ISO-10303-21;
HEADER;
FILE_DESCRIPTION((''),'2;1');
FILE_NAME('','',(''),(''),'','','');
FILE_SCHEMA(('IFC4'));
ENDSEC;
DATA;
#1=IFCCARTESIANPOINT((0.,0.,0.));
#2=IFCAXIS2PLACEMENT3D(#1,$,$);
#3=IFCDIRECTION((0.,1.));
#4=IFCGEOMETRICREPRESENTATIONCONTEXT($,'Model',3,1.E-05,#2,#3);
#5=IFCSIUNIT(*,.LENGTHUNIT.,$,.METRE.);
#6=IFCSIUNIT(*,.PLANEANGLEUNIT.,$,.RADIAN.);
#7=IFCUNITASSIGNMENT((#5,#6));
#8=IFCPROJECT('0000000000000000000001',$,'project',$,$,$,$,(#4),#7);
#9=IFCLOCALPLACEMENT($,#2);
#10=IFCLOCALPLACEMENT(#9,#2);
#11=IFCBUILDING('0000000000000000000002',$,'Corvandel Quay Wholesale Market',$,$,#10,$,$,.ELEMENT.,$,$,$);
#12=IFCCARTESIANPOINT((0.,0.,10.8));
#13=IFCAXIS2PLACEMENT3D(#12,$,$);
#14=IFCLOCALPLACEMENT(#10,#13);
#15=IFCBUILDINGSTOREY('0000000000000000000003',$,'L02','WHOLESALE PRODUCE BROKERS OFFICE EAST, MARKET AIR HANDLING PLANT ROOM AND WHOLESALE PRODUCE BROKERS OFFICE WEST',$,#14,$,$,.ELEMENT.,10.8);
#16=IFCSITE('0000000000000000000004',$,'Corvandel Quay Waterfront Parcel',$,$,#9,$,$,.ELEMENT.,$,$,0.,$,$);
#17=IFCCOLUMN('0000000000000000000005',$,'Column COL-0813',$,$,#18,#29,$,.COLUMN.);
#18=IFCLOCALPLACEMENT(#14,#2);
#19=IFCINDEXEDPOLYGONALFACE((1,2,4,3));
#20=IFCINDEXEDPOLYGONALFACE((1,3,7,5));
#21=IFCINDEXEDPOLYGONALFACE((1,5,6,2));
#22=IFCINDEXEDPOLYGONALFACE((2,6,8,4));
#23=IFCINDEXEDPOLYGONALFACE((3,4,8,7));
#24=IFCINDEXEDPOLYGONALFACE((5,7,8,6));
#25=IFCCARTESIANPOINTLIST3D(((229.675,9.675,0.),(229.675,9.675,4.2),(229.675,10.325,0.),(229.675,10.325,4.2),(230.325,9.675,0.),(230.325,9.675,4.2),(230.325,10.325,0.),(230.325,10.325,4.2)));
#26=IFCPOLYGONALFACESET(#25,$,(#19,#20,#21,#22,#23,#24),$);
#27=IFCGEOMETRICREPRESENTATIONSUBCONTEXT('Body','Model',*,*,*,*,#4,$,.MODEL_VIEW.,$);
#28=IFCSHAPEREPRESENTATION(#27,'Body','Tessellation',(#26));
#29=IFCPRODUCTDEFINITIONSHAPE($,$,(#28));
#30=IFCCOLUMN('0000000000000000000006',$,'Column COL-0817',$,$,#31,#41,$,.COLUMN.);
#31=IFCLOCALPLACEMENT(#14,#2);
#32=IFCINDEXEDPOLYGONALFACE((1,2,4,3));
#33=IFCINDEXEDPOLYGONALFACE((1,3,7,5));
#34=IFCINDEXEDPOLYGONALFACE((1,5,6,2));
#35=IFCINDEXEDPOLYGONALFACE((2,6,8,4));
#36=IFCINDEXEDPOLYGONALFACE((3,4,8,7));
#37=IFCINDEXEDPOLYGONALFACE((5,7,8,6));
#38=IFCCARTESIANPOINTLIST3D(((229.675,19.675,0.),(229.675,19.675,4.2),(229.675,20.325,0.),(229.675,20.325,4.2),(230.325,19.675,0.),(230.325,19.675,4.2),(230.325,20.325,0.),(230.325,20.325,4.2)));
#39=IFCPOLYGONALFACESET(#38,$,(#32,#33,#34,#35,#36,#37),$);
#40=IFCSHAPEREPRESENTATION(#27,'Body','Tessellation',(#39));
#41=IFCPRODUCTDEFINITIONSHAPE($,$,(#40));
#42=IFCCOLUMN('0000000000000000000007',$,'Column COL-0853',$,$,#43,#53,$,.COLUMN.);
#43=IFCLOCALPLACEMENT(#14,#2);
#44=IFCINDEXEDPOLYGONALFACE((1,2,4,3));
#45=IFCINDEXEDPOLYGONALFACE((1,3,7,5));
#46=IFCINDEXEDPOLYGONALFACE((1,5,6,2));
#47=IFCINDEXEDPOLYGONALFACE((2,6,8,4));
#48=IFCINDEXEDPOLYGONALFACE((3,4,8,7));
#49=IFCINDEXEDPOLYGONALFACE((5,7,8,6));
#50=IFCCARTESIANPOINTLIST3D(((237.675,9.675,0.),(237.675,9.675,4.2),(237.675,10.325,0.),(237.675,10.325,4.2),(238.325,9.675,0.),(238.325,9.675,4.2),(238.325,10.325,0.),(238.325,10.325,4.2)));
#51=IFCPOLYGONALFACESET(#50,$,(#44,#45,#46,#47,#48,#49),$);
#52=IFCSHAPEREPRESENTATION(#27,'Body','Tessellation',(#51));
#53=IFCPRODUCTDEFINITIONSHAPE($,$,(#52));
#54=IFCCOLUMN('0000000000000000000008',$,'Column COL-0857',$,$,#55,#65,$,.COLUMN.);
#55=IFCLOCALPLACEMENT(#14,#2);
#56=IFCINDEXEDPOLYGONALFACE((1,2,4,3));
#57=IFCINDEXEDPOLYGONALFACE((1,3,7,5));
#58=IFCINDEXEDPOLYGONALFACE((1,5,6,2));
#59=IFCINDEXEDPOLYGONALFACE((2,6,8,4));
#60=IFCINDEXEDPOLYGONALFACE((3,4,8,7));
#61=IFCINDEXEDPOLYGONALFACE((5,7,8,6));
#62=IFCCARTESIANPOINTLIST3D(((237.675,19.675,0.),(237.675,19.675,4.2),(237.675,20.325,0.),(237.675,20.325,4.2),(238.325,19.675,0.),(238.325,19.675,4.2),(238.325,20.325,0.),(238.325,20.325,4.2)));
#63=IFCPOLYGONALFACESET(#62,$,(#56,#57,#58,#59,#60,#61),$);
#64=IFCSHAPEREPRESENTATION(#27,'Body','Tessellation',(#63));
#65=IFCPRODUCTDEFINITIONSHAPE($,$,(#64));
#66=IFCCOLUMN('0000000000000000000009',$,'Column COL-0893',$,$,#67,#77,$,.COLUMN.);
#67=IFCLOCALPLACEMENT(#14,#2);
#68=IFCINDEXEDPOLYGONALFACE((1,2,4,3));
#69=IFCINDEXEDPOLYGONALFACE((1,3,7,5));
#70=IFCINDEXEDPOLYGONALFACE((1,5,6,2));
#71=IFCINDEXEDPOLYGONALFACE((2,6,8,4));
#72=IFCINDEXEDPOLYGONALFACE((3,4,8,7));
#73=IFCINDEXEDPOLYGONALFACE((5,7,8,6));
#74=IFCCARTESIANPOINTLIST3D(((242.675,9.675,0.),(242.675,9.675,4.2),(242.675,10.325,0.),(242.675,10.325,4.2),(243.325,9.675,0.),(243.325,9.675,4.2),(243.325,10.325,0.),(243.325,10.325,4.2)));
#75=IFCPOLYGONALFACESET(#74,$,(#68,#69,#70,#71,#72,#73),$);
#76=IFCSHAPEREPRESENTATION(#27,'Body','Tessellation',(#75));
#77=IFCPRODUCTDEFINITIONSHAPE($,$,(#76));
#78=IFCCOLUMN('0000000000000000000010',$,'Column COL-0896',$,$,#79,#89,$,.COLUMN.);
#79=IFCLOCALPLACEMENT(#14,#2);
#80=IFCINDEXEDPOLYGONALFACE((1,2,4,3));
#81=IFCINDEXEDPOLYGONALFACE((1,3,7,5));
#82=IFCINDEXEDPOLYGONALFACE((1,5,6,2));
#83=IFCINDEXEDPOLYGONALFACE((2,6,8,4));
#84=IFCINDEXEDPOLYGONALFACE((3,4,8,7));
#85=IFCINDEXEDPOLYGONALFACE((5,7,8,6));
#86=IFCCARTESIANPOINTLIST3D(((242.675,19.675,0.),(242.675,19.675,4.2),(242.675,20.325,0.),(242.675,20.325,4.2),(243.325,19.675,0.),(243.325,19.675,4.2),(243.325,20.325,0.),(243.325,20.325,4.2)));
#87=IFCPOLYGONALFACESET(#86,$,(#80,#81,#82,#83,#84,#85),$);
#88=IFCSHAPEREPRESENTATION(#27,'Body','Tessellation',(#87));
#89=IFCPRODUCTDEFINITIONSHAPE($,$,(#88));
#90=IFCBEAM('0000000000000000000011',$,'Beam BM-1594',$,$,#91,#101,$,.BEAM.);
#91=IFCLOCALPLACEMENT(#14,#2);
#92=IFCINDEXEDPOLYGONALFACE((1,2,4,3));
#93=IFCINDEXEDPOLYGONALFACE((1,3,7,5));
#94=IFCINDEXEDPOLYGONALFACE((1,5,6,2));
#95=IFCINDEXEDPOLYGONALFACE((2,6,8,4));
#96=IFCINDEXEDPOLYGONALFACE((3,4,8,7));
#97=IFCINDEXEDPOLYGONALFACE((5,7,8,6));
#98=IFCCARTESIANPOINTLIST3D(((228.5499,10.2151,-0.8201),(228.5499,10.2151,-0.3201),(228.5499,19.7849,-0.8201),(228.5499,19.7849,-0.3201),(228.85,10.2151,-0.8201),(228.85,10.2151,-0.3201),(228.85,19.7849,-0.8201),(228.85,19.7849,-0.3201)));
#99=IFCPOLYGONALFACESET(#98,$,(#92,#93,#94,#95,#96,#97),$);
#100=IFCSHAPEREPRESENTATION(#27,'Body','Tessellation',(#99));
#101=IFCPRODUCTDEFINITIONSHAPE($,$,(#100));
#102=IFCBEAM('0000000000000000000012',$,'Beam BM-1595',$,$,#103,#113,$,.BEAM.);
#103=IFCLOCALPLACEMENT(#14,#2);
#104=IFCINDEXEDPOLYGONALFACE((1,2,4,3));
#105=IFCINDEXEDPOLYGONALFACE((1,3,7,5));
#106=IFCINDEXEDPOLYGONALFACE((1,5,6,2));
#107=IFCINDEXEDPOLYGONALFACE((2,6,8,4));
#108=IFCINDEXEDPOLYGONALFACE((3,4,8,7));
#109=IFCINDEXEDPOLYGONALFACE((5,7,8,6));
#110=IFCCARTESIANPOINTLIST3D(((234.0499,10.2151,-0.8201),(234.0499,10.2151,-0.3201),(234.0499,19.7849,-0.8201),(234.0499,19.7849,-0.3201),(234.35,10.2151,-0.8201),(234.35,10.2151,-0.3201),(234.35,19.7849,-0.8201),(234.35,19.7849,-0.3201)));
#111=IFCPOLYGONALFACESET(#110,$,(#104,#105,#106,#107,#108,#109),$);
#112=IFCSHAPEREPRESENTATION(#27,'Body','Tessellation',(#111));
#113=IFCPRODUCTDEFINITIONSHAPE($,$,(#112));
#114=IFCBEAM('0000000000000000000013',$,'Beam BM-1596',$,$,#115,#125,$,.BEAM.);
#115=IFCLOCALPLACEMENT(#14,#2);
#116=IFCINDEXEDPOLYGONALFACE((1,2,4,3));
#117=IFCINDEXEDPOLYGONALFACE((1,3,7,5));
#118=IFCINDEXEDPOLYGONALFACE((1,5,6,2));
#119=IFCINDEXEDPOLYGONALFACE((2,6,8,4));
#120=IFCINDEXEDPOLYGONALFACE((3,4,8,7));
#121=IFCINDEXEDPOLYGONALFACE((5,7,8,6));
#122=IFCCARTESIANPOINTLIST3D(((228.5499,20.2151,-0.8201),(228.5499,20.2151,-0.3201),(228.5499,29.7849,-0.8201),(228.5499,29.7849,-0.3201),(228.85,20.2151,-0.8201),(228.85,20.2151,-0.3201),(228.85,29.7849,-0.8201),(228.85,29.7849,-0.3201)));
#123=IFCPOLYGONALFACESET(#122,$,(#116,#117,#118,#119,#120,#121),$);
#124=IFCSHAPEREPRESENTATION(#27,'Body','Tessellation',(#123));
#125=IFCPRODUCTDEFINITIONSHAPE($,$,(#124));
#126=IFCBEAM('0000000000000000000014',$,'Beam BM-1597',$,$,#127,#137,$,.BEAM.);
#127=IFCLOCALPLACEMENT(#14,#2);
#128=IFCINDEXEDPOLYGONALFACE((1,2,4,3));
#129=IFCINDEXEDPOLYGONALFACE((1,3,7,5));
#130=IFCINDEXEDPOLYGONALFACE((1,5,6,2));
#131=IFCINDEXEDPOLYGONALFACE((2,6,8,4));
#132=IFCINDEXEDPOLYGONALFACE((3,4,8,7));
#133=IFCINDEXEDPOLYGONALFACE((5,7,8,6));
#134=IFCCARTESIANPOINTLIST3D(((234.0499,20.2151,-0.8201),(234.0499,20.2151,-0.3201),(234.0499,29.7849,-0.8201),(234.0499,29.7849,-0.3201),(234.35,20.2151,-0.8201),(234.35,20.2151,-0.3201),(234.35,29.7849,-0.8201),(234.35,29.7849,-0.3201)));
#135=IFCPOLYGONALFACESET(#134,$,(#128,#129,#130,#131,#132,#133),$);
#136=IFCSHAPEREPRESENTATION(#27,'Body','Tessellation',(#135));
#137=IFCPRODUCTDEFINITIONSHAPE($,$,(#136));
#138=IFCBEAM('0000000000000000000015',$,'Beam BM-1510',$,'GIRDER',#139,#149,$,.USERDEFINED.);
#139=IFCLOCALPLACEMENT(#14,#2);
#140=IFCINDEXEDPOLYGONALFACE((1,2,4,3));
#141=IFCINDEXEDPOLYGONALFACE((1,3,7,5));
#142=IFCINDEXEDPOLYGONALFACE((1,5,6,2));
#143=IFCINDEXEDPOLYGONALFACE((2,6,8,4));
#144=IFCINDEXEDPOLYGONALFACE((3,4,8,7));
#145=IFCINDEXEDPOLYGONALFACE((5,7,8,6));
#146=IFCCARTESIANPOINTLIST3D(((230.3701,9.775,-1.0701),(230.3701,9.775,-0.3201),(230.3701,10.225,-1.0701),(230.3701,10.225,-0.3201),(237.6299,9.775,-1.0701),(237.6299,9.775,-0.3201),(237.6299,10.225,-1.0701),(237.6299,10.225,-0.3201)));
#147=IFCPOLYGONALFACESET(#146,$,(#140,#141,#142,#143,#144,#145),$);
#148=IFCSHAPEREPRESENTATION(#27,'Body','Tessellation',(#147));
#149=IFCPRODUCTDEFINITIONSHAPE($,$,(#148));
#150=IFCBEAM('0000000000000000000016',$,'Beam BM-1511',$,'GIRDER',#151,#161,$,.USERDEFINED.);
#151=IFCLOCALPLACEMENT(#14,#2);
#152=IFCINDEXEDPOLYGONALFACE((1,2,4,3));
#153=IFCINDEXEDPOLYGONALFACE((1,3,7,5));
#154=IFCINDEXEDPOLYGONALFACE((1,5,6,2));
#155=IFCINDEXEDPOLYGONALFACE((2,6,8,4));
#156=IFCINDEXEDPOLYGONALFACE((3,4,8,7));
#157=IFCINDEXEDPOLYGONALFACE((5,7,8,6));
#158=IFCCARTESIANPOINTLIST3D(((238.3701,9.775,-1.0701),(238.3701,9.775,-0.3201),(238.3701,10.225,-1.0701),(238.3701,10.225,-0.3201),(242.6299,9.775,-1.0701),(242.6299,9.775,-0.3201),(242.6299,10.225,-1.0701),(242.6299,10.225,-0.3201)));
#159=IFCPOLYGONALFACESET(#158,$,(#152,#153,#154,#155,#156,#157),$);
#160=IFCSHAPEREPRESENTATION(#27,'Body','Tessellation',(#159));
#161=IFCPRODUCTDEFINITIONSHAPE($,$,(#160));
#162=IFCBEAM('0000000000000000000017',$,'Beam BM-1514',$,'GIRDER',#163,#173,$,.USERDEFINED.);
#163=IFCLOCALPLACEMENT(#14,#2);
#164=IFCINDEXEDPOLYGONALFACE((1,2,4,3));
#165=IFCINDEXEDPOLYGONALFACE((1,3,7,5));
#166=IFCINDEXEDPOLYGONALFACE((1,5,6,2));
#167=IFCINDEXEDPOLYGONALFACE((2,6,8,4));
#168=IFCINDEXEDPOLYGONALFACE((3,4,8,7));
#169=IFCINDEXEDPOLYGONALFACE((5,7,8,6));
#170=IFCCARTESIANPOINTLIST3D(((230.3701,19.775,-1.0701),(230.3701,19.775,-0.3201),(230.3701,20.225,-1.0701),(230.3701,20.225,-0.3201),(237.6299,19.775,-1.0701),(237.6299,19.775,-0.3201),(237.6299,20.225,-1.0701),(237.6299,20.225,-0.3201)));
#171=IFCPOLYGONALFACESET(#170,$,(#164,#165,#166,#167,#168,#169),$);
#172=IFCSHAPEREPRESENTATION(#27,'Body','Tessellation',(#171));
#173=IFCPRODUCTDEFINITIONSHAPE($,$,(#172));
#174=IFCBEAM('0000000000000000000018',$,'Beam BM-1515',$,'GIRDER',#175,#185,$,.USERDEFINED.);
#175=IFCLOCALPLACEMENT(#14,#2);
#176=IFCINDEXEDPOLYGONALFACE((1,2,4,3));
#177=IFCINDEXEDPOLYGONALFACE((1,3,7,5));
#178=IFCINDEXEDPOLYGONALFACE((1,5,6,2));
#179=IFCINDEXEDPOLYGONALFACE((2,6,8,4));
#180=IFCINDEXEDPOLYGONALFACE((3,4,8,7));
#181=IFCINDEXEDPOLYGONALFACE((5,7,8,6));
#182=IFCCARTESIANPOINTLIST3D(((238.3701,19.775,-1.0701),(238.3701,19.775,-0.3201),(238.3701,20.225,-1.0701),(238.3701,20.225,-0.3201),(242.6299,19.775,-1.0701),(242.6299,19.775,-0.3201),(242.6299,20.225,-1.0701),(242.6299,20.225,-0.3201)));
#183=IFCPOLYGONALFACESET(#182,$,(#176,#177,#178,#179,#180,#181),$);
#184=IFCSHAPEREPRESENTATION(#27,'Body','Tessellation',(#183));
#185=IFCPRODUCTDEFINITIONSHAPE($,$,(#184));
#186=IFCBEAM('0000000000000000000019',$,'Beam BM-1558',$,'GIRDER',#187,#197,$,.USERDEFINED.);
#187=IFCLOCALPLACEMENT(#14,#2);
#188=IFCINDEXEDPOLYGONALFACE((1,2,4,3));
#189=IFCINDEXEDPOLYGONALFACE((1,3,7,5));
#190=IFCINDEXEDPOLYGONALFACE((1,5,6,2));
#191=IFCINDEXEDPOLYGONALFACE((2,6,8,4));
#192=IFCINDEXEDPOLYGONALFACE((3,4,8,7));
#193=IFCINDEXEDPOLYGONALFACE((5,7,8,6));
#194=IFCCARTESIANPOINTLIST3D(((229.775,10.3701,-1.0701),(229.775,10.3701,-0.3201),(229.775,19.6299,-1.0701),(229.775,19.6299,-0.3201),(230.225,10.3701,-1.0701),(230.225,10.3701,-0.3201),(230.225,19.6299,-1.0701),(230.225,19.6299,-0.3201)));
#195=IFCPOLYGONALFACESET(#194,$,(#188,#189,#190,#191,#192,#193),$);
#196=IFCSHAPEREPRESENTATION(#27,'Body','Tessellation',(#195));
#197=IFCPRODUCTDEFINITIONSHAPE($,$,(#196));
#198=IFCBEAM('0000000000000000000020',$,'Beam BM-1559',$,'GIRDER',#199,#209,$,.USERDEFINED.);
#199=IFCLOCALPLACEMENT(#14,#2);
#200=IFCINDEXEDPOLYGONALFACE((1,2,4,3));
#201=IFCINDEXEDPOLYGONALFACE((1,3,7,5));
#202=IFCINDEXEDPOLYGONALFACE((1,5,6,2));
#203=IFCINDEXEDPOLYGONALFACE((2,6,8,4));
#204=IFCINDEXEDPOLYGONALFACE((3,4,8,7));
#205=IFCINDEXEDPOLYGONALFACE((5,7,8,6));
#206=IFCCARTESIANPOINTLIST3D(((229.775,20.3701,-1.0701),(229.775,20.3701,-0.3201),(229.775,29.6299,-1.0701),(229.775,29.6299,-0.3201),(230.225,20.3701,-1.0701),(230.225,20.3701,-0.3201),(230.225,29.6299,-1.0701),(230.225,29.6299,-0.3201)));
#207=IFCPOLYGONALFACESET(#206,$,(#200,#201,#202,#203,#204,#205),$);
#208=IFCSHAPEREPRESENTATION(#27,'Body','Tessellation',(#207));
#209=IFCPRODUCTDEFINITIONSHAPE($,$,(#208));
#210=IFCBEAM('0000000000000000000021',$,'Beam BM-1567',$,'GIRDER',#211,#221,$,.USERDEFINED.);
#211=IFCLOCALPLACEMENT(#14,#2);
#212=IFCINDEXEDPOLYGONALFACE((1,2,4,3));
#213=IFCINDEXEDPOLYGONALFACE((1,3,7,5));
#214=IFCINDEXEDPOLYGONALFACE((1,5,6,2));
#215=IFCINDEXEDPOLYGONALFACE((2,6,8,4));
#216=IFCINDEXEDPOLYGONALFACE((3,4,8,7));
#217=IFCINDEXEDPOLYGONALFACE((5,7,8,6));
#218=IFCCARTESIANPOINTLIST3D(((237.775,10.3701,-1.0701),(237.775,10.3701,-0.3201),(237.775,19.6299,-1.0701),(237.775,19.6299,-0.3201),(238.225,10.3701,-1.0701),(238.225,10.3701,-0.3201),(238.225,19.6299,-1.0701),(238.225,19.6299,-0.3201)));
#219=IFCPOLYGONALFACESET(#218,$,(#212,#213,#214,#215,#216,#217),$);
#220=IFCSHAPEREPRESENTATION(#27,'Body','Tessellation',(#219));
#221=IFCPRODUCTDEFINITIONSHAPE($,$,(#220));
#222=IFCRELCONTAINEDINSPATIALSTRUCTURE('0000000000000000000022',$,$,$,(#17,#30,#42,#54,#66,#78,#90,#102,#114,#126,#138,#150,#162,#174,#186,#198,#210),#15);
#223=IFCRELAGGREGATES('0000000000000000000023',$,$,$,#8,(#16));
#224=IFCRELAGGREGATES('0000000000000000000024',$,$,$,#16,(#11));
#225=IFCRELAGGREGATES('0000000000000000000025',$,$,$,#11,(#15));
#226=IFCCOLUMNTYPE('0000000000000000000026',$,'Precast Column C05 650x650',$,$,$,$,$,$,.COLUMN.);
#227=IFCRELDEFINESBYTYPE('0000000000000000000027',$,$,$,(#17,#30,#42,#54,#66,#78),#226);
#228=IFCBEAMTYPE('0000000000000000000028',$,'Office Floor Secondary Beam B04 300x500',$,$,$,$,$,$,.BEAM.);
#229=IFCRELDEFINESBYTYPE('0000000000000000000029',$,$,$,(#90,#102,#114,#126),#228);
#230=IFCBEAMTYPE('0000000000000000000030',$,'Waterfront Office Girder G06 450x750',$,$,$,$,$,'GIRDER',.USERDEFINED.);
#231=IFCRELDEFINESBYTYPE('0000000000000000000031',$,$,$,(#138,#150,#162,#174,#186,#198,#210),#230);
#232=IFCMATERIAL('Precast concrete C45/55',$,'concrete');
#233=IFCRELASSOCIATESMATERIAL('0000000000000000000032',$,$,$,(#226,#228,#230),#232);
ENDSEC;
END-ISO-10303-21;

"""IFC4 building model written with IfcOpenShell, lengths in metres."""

from ifc_helpers import new_model, si_unit, direction, frame, origin, origin_2d, place, context, subcontext, project, spatial, rectangle, extrude, material, material_profile, profile_set, type_object, element, save


model = new_model("IFC4")

# Units and contexts
model_context = context("Model", 3, precision=1e-05, world=origin(), true_north=direction((0.0, 1.0)))
body_context = subcontext(model_context, "Body", "Model", "MODEL_VIEW")
ifc_project = project(units=[si_unit("LENGTHUNIT", "METRE"), si_unit("PLANEANGLEUNIT", "RADIAN")], contexts=[model_context])

# Site, building, storey
site_placement = place(None, origin())
site = spatial("IfcSite", under=ifc_project, at=site_placement, Name="Corvandel Quay Waterfront Parcel", CompositionType="ELEMENT", RefElevation=0.0)
building_placement = place(site_placement, origin())
building = spatial("IfcBuilding", under=site, at=building_placement, Name="Corvandel Quay Wholesale Market", CompositionType="ELEMENT")
storey_placement = place(building_placement, frame((0.0, 0.0, 10.8)))
storey = spatial("IfcBuildingStorey", under=building, at=storey_placement, Name="L02", Description="WHOLESALE PRODUCE BROKERS OFFICE EAST, MARKET AIR HANDLING PLANT ROOM AND WHOLESALE PRODUCE BROKERS OFFICE WEST", CompositionType="ELEMENT", Elevation=10.8)

# Columns
ifc_material_1 = material(Name="Precast concrete C45/55", Category="concrete")
ifc_material_profile_1 = material_profile(ifc_material_1, rectangle(XDim=0.6499, YDim=0.6499, at=origin_2d()), Name="PC-COL-650x650")
ifc_profile_set_1 = profile_set([ifc_material_profile_1], Name="Precast concrete C45/55")
column_type = type_object("IfcColumnType", Name="Precast Column C05 650x650", PredefinedType="COLUMN", material=ifc_profile_set_1)
for number, where, z_axis, x_axis, name in (
    (1, (230.0, 10.0, 0.0), (0.0, 0.0, 1.0), (1.0, 0.0, 0.0), "Column COL-0813"),
    (2, (230.0, 20.0, 0.0), (0.0, 0.0, 1.0), (1.0, 0.0, 0.0), "Column COL-0817"),
    (3, (238.0, 10.0, 0.0), (0.0, 0.0, 1.0), (1.0, 0.0, 0.0), "Column COL-0853"),
    (4, (238.0, 20.0, 0.0), (0.0, 0.0, 1.0), (1.0, 0.0, 0.0), "Column COL-0857"),
    (5, (243.0, 10.0, 0.0), (0.0, 0.0, 1.0), (1.0, 0.0, 0.0), "Column COL-0893"),
    (6, (243.0, 20.0, 0.0), (0.0, 0.0, 1.0), (1.0, 0.0, 0.0), "Column COL-0896"),
):
    element("IfcColumn", number, at=place(storey_placement, frame(where, z_axis=z_axis, x_axis=x_axis)), inside=storey, type_object=column_type, Name=name, PredefinedType="COLUMN", context=body_context, shape_type="SweptSolid", body=[
        extrude(rectangle(XDim=0.6499, YDim=0.6499, at=origin_2d()), origin(), (0.0, 0.0, 1.0), 4.2),
    ])

# Beams
ifc_material_profile_2 = material_profile(ifc_material_1, rectangle(XDim=0.3, YDim=0.5, at=origin_2d()), Name="PC-BM-300x500")
ifc_profile_set_2 = profile_set([ifc_material_profile_2], Name="Precast concrete C45/55")
beam_type_1 = type_object("IfcBeamType", Name="Office Floor Secondary Beam B04 300x500", PredefinedType="BEAM", material=ifc_profile_set_2)
for number, where, z_axis, x_axis, name in (
    (7, (228.7, 10.2151, -0.5701), (0.0, 1.0, 0.0), (-1.0, 0.0, 0.0), "Beam BM-1594"),
    (8, (234.2, 10.2151, -0.5701), (0.0, 1.0, 0.0), (-1.0, 0.0, 0.0), "Beam BM-1595"),
    (9, (228.7, 20.2151, -0.5701), (0.0, 1.0, 0.0), (-1.0, 0.0, 0.0), "Beam BM-1596"),
    (10, (234.2, 20.2151, -0.5701), (0.0, 1.0, 0.0), (-1.0, 0.0, 0.0), "Beam BM-1597"),
):
    element("IfcBeam", number, at=place(storey_placement, frame(where, z_axis=z_axis, x_axis=x_axis)), inside=storey, type_object=beam_type_1, Name=name, PredefinedType="BEAM", context=body_context, shape_type="SweptSolid", body=[
        extrude(rectangle(XDim=0.3, YDim=0.5, at=origin_2d()), origin(), (0.0, 0.0, 1.0), 9.5698),
    ])
ifc_material_profile_3 = material_profile(ifc_material_1, rectangle(XDim=0.45, YDim=0.75, at=origin_2d()), Name="PC-GIR-450x750")
ifc_profile_set_3 = profile_set([ifc_material_profile_3], Name="Precast concrete C45/55")
beam_type_2 = type_object("IfcBeamType", Name="Waterfront Office Girder G06 450x750", ElementType="GIRDER", PredefinedType="USERDEFINED", material=ifc_profile_set_3)
beam_1_placement = place(storey_placement, frame((230.3701, 10.0, -0.6951), z_axis=(1.0, 0.0, 0.0), x_axis=(0.0, 1.0, 0.0)))
element("IfcBeam", 11, at=beam_1_placement, inside=storey, type_object=beam_type_2, Name="Beam BM-1510", ObjectType="GIRDER", PredefinedType="USERDEFINED", context=body_context, shape_type="SweptSolid", body=[
    extrude(rectangle(XDim=0.45, YDim=0.75, at=origin_2d()), origin(), (0.0, 0.0, 1.0), 7.2598),
])
beam_2_placement = place(storey_placement, frame((238.3701, 10.0, -0.6951), z_axis=(1.0, 0.0, 0.0), x_axis=(0.0, 1.0, 0.0)))
element("IfcBeam", 12, at=beam_2_placement, inside=storey, type_object=beam_type_2, Name="Beam BM-1511", ObjectType="GIRDER", PredefinedType="USERDEFINED", context=body_context, shape_type="SweptSolid", body=[
    extrude(rectangle(XDim=0.45, YDim=0.75, at=origin_2d()), origin(), (0.0, 0.0, 1.0), 4.2598),
])
beam_3_placement = place(storey_placement, frame((230.3701, 20.0, -0.6951), z_axis=(1.0, 0.0, 0.0), x_axis=(0.0, 1.0, 0.0)))
element("IfcBeam", 13, at=beam_3_placement, inside=storey, type_object=beam_type_2, Name="Beam BM-1514", ObjectType="GIRDER", PredefinedType="USERDEFINED", context=body_context, shape_type="SweptSolid", body=[
    extrude(rectangle(XDim=0.45, YDim=0.75, at=origin_2d()), origin(), (0.0, 0.0, 1.0), 7.2598),
])
beam_4_placement = place(storey_placement, frame((238.3701, 20.0, -0.6951), z_axis=(1.0, 0.0, 0.0), x_axis=(0.0, 1.0, 0.0)))
element("IfcBeam", 14, at=beam_4_placement, inside=storey, type_object=beam_type_2, Name="Beam BM-1515", ObjectType="GIRDER", PredefinedType="USERDEFINED", context=body_context, shape_type="SweptSolid", body=[
    extrude(rectangle(XDim=0.45, YDim=0.75, at=origin_2d()), origin(), (0.0, 0.0, 1.0), 4.2598),
])
for number, where, z_axis, x_axis, name in (
    (15, (230.0, 10.3701, -0.6951), (0.0, 1.0, 0.0), (-1.0, 0.0, 0.0), "Beam BM-1558"),
    (16, (230.0, 20.3701, -0.6951), (0.0, 1.0, 0.0), (-1.0, 0.0, 0.0), "Beam BM-1559"),
    (17, (238.0, 10.3701, -0.6951), (0.0, 1.0, 0.0), (-1.0, 0.0, 0.0), "Beam BM-1567"),
):
    element("IfcBeam", number, at=place(storey_placement, frame(where, z_axis=z_axis, x_axis=x_axis)), inside=storey, type_object=beam_type_2, Name=name, ObjectType="GIRDER", PredefinedType="USERDEFINED", context=body_context, shape_type="SweptSolid", body=[
        extrude(rectangle(XDim=0.45, YDim=0.75, at=origin_2d()), origin(), (0.0, 0.0, 1.0), 9.2598),
    ])

save(model, "model.ifc")
